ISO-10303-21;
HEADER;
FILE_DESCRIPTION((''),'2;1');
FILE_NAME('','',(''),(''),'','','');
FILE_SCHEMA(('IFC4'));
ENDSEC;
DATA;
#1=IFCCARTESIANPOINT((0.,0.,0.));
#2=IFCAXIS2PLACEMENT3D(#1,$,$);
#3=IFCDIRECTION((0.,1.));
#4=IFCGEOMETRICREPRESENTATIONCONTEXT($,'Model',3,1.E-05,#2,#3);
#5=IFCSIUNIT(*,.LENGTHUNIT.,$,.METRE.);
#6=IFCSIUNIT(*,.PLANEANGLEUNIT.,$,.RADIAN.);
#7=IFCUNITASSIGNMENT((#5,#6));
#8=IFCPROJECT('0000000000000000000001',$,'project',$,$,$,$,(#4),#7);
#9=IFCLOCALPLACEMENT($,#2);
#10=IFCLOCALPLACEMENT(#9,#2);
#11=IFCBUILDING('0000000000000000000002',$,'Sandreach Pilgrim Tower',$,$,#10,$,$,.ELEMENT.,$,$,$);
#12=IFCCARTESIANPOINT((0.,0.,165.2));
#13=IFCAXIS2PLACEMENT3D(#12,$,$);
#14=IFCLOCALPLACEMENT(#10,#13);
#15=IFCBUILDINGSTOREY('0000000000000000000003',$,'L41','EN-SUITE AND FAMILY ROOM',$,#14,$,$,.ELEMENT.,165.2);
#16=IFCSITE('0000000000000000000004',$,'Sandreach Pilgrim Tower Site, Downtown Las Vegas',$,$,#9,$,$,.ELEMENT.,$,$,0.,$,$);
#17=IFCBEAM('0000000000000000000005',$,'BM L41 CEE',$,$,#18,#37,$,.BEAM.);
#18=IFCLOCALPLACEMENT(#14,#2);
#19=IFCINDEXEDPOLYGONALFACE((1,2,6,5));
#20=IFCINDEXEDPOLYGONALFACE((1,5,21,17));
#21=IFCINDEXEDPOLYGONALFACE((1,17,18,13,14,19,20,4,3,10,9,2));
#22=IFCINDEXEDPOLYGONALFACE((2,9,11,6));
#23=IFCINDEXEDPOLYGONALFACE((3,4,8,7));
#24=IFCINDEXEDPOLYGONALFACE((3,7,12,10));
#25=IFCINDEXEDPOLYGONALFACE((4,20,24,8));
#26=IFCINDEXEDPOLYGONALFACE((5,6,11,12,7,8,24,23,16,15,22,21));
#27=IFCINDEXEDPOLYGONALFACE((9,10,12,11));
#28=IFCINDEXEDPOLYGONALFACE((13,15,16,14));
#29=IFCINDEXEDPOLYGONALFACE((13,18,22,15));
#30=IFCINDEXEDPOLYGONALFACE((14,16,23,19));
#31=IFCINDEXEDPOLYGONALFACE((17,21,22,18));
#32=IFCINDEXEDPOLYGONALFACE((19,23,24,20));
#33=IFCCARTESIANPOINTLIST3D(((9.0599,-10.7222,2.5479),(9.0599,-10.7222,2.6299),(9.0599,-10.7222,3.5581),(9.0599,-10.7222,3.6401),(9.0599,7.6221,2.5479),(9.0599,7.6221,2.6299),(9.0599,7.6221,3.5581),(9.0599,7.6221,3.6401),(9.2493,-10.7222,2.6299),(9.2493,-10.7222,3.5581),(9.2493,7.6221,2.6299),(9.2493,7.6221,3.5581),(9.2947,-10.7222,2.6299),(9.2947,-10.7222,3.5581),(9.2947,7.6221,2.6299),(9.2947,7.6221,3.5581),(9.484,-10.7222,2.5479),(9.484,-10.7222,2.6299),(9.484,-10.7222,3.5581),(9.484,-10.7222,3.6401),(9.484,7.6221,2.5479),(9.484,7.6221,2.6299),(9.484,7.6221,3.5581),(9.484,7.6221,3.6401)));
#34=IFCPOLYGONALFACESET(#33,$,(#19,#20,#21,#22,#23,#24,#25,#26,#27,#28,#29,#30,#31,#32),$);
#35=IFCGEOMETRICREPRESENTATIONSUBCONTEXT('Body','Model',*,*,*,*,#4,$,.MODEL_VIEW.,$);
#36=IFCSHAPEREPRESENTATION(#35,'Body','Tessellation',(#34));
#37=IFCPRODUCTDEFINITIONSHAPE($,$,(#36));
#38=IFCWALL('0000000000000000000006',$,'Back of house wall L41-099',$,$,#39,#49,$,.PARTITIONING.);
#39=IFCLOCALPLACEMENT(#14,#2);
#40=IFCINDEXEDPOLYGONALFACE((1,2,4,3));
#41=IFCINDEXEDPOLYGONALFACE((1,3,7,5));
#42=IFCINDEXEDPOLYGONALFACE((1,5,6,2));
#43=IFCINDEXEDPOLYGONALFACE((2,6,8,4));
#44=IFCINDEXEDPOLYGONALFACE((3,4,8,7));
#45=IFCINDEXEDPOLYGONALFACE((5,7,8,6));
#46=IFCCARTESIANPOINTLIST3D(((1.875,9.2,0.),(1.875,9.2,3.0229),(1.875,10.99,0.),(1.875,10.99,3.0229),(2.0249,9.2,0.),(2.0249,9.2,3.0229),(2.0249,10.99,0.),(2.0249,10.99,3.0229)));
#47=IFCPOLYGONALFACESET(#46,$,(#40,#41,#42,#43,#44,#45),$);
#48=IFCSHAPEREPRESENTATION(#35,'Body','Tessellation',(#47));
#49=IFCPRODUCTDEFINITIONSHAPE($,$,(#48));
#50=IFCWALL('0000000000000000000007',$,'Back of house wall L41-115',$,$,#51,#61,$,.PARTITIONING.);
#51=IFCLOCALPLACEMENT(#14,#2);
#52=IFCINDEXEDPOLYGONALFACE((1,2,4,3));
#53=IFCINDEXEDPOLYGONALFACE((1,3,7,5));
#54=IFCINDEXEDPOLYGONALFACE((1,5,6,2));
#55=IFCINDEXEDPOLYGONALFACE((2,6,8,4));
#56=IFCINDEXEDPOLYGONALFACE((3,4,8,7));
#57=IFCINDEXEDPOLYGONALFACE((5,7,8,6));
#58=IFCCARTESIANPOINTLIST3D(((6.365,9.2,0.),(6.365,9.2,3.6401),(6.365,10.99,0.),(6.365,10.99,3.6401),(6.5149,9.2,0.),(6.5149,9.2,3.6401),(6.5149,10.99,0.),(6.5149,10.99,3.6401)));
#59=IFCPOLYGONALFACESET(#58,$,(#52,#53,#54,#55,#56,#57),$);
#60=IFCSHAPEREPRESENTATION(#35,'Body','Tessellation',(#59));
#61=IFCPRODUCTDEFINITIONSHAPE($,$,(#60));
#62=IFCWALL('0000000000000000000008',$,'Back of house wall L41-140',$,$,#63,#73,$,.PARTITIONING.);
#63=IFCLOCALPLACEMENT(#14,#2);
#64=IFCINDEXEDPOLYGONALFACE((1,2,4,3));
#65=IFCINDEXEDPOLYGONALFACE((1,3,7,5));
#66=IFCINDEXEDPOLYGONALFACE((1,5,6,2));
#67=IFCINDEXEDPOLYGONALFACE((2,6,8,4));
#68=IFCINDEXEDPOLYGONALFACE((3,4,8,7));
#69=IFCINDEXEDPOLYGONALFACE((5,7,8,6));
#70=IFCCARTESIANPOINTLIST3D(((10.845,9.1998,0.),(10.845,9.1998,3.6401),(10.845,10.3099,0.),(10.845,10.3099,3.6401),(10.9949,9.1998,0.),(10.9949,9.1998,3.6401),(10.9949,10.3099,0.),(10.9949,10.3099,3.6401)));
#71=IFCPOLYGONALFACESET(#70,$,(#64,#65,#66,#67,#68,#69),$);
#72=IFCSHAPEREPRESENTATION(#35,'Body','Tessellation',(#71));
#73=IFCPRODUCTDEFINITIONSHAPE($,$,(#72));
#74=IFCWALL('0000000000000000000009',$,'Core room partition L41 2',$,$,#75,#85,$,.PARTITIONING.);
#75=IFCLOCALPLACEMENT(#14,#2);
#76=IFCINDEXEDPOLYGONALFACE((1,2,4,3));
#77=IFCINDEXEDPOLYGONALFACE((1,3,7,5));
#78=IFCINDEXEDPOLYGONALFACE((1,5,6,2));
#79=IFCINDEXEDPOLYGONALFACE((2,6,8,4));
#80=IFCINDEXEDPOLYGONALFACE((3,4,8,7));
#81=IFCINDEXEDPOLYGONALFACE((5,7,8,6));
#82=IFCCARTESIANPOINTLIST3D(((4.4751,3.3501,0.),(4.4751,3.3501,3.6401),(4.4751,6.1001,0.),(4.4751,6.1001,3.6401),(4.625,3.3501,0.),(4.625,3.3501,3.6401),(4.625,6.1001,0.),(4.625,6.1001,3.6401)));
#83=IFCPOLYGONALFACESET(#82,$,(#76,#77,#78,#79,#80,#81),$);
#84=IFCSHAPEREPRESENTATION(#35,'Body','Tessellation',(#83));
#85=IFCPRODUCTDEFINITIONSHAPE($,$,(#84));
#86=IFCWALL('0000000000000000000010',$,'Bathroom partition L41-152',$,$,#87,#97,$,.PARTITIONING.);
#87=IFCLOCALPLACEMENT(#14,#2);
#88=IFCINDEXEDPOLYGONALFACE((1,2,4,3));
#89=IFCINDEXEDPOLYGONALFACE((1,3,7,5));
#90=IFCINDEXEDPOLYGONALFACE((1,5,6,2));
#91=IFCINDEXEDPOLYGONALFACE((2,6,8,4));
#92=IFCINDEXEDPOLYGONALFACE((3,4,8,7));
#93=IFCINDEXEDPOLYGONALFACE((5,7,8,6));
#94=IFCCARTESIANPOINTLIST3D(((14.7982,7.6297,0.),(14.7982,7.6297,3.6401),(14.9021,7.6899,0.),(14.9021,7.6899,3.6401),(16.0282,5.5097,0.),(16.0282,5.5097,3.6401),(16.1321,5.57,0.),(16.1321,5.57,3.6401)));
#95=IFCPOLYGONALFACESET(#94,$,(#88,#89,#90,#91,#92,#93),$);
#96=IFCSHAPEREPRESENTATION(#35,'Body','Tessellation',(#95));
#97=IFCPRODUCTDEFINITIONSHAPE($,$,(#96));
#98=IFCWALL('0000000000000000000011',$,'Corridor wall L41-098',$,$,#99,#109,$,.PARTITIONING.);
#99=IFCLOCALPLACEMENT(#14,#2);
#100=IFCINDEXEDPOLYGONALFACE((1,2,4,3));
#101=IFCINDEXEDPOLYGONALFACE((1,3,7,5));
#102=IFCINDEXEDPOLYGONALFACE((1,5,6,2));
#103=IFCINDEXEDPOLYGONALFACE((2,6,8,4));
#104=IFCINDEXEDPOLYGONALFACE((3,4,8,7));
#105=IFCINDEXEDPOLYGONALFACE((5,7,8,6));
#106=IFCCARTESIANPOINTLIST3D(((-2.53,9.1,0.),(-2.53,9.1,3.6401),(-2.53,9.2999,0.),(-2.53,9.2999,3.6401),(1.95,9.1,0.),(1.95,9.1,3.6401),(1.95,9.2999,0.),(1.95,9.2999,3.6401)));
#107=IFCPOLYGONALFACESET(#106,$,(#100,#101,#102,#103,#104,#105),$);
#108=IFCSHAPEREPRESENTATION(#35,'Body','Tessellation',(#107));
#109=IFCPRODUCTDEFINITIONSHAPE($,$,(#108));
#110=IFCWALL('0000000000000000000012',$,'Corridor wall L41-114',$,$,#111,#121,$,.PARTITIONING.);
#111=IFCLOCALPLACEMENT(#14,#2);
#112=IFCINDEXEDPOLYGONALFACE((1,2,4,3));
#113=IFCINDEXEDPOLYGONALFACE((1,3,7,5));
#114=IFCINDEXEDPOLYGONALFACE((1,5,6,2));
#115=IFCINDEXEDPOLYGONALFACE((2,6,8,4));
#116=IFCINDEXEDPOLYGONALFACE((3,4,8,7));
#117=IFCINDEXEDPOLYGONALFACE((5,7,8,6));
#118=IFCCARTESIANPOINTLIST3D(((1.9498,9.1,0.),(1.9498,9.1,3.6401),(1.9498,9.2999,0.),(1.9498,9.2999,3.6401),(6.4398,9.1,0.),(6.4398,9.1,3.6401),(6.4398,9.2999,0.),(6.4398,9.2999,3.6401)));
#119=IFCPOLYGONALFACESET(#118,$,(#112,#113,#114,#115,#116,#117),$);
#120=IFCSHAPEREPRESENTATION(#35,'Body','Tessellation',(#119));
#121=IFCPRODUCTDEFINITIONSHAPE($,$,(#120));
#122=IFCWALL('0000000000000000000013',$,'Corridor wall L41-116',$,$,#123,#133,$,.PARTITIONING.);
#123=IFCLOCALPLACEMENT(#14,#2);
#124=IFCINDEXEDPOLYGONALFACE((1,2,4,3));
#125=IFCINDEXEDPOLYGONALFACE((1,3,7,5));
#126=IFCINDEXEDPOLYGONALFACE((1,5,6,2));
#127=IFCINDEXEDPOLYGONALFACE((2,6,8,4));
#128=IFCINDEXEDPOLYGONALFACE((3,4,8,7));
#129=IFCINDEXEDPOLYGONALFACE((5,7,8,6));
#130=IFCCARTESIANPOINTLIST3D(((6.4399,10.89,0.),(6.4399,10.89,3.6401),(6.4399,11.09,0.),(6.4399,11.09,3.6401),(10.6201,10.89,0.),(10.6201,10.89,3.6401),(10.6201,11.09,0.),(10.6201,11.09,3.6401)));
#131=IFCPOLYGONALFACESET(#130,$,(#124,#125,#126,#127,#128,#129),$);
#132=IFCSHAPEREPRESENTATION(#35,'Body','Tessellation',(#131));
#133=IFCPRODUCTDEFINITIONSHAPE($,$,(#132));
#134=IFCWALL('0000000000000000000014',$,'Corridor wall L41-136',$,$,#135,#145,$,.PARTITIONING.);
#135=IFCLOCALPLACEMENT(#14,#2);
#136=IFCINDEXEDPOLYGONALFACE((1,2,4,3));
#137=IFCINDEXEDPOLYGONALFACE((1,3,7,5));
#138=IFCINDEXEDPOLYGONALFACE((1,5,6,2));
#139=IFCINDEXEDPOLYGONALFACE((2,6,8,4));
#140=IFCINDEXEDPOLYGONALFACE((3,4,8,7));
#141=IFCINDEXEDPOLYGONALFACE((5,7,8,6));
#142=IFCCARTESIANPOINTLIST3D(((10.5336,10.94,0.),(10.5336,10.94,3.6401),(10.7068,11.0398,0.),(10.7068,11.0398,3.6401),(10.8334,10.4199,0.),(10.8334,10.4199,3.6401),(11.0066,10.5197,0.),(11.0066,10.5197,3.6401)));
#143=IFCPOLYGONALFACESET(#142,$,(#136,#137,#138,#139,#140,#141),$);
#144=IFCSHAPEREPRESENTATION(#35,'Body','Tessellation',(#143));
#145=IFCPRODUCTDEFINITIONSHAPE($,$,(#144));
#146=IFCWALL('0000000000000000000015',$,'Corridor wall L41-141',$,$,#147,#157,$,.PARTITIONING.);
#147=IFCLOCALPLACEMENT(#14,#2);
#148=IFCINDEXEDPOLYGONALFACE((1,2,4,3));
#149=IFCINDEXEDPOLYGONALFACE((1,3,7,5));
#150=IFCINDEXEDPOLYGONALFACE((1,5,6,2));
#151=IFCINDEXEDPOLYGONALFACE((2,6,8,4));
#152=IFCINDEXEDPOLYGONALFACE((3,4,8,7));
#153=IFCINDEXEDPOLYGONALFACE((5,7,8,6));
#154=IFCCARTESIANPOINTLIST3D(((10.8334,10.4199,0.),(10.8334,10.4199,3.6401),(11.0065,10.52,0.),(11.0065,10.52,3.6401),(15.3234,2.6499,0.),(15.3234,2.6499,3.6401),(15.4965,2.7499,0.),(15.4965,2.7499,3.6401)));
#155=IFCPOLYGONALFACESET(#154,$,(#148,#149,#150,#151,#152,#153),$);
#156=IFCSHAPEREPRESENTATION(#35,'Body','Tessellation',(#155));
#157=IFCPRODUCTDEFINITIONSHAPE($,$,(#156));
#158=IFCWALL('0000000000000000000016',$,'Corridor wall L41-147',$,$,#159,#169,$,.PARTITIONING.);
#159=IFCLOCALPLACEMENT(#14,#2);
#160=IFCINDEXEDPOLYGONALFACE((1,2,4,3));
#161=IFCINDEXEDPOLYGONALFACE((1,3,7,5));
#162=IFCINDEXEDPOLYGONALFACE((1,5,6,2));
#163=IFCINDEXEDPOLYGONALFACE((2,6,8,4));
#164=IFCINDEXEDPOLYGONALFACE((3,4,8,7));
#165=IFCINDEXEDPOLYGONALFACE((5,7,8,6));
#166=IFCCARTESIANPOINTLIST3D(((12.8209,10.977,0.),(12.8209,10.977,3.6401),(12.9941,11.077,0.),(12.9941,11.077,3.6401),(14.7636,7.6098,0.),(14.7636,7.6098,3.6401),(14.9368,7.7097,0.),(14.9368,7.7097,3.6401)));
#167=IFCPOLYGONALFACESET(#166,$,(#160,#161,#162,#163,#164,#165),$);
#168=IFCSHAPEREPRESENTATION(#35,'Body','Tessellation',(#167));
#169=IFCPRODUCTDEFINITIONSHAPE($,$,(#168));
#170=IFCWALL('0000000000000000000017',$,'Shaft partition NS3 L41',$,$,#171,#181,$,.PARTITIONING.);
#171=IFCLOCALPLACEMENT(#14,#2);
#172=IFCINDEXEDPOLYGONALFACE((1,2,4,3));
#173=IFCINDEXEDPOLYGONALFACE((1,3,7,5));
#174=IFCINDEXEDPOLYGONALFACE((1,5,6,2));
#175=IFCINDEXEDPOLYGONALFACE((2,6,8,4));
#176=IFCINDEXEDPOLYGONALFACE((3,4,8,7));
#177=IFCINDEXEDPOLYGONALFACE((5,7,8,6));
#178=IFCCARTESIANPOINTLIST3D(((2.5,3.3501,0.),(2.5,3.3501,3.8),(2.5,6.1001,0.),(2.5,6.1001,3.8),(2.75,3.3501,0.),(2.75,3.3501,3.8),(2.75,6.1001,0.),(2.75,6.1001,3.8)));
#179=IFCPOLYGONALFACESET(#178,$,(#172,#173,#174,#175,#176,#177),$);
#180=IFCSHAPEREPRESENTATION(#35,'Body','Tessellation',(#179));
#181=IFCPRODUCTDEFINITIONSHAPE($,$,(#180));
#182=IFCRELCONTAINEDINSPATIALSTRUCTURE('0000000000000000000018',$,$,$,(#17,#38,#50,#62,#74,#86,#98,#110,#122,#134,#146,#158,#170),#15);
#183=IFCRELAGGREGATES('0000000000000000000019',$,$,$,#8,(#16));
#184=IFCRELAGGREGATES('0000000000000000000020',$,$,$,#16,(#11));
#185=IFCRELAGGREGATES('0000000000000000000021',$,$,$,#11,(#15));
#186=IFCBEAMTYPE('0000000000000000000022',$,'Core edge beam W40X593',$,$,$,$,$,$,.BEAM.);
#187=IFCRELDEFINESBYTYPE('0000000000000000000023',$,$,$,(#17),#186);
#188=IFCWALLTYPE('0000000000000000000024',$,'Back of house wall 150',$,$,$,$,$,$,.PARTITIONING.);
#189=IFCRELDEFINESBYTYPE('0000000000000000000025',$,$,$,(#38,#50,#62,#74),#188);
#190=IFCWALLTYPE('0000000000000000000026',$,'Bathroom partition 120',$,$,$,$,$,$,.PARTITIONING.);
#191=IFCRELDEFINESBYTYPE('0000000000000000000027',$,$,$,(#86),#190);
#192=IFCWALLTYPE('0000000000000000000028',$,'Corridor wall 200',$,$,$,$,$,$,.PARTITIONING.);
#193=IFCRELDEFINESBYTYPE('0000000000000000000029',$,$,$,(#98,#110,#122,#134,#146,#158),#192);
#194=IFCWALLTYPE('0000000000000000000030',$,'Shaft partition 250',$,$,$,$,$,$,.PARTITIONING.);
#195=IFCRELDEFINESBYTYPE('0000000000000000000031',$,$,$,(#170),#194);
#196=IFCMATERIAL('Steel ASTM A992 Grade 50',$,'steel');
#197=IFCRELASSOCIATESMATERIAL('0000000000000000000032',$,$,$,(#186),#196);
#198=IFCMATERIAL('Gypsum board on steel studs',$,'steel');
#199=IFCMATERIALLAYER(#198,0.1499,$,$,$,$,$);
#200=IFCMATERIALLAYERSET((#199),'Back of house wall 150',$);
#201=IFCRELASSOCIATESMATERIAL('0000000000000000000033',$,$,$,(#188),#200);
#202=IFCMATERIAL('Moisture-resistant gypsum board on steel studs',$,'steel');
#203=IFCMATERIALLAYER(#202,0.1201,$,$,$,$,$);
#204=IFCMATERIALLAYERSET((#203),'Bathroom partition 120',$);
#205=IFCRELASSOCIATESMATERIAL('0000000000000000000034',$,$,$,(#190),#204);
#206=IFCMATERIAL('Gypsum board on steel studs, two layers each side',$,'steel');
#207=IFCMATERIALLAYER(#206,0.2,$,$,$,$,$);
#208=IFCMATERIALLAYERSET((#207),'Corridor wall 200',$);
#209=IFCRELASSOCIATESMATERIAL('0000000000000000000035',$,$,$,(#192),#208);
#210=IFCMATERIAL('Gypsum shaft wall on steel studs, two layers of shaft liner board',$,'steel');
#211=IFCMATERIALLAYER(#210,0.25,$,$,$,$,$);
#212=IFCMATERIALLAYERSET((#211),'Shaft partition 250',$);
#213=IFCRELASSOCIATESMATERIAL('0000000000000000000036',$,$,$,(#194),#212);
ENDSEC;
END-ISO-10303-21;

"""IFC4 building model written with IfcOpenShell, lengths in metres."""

from ifc_helpers import new_model, si_unit, direction, frame, frame_2d, origin, origin_2d, place, context, subcontext, project, spatial, rectangle, i_section, extrude, material, layer, layer_set, material_profile, profile_set, type_object, element, save


model = new_model("IFC4")

# Units and contexts
model_context = context("Model", 3, precision=1e-05, world=origin(), true_north=direction((0.0, 1.0)))
body_context = subcontext(model_context, "Body", "Model", "MODEL_VIEW")
ifc_project = project(units=[si_unit("LENGTHUNIT", "METRE"), si_unit("PLANEANGLEUNIT", "RADIAN")], contexts=[model_context])

# Site, building, storey
site_placement = place(None, origin())
site = spatial("IfcSite", under=ifc_project, at=site_placement, Name="Sandreach Pilgrim Tower Site, Downtown Las Vegas", CompositionType="ELEMENT", RefElevation=0.0)
building_placement = place(site_placement, origin())
building = spatial("IfcBuilding", under=site, at=building_placement, Name="Sandreach Pilgrim Tower", CompositionType="ELEMENT")
storey_placement = place(building_placement, frame((0.0, 0.0, 165.2)))
storey = spatial("IfcBuildingStorey", under=building, at=storey_placement, Name="L41", Description="EN-SUITE AND FAMILY ROOM", CompositionType="ELEMENT", Elevation=165.2)

# Beam
ifc_material_1 = material(Name="Steel ASTM A992 Grade 50", Category="steel")
ifc_material_profile = material_profile(ifc_material_1, i_section(OverallWidth=0.4241, OverallDepth=1.0923, WebThickness=0.0454, FlangeThickness=0.082, at=origin_2d()), Name="W40X593")
ifc_profile_set = profile_set([ifc_material_profile], Name="Steel ASTM A992 Grade 50")
beam_type = type_object("IfcBeamType", Name="Core edge beam W40X593", PredefinedType="BEAM", material=ifc_profile_set)
beam_placement = place(storey_placement, frame((9.272, 7.6221, 3.094), z_axis=(0.0, -1.0, 0.0), x_axis=(1.0, 0.0, 0.0)))
element("IfcBeam", 1, at=beam_placement, inside=storey, type_object=beam_type, Name="BM L41 CEE", PredefinedType="BEAM", context=body_context, shape_type="SweptSolid", body=[
    extrude(i_section(OverallWidth=0.4241, OverallDepth=1.0923, WebThickness=0.0454, FlangeThickness=0.082, at=origin_2d()), origin(), (0.0, 0.0, 1.0), 18.3442),
])

# Walls
ifc_material_2 = material(Name="Gypsum board on steel studs", Category="steel")
ifc_layer_1 = layer(ifc_material_2, 0.1499)
ifc_layer_set_1 = layer_set([ifc_layer_1], Name="Back of house wall 150")
wall_type_1 = type_object("IfcWallType", Name="Back of house wall 150", PredefinedType="PARTITIONING", material=ifc_layer_set_1)
wall_1_placement = place(storey_placement, frame((1.95, 10.99, 0.0), z_axis=(0.0, 0.0, 1.0), x_axis=(0.0, -1.0, 0.0)))
element("IfcWall", 2, at=wall_1_placement, inside=storey, type_object=wall_type_1, Name="Back of house wall L41-099", PredefinedType="PARTITIONING", context=body_context, shape_type="SweptSolid", body=[
    extrude(rectangle(XDim=1.79, YDim=0.1499, at=frame_2d((0.895, 0.0))), origin(), (0.0, 0.0, 1.0), 3.0229),
])
wall_2_placement = place(storey_placement, frame((6.4399, 10.99, 0.0), z_axis=(0.0, 0.0, 1.0), x_axis=(0.0, -1.0, 0.0)))
element("IfcWall", 3, at=wall_2_placement, inside=storey, type_object=wall_type_1, Name="Back of house wall L41-115", PredefinedType="PARTITIONING", context=body_context, shape_type="SweptSolid", body=[
    extrude(rectangle(XDim=1.79, YDim=0.1499, at=frame_2d((0.895, 0.0))), origin(), (0.0, 0.0, 1.0), 3.6401),
])
wall_3_placement = place(storey_placement, frame((10.9199, 10.3101, 0.0), z_axis=(0.0, 0.0, 1.0), x_axis=(0.0, -1.0, 0.0)))
element("IfcWall", 4, at=wall_3_placement, inside=storey, type_object=wall_type_1, Name="Back of house wall L41-140", PredefinedType="PARTITIONING", context=body_context, shape_type="SweptSolid", body=[
    extrude(rectangle(XDim=1.1101, YDim=0.1499, at=frame_2d((0.5552, 0.0))), origin(), (0.0, 0.0, 1.0), 3.6401),
])
wall_4_placement = place(storey_placement, frame((4.55, 3.3501, 0.0), z_axis=(0.0, 0.0, 1.0), x_axis=(0.0, 1.0, 0.0)))
element("IfcWall", 5, at=wall_4_placement, inside=storey, type_object=wall_type_1, Name="Core room partition L41 2", PredefinedType="PARTITIONING", context=body_context, shape_type="SweptSolid", body=[
    extrude(rectangle(XDim=2.75, YDim=0.1499, at=frame_2d((1.375, 0.0))), origin(), (0.0, 0.0, 1.0), 3.6401),
])
ifc_material_3 = material(Name="Moisture-resistant gypsum board on steel studs", Category="steel")
ifc_layer_2 = layer(ifc_material_3, 0.1201)
ifc_layer_set_2 = layer_set([ifc_layer_2], Name="Bathroom partition 120")
wall_type_2 = type_object("IfcWallType", Name="Bathroom partition 120", PredefinedType="PARTITIONING", material=ifc_layer_set_2)
wall_5_placement = place(storey_placement, frame((14.8501, 7.6599, 0.0), z_axis=(0.0, 0.0, 1.0), x_axis=(0.501857, -0.864951, 0.0)))
element("IfcWall", 6, at=wall_5_placement, inside=storey, type_object=wall_type_2, Name="Bathroom partition L41-152", PredefinedType="PARTITIONING", context=body_context, shape_type="SweptSolid", body=[
    extrude(rectangle(XDim=2.4509, YDim=0.1201, at=frame_2d((1.2256, 0.0))), origin(), (0.0, 0.0, 1.0), 3.6401),
])

# Wall
ifc_material_4 = material(Name="Gypsum board on steel studs, two layers each side", Category="steel")
ifc_layer_3 = layer(ifc_material_4, 0.2)
ifc_layer_set_3 = layer_set([ifc_layer_3], Name="Corridor wall 200")
wall_type_3 = type_object("IfcWallType", Name="Corridor wall 200", PredefinedType="PARTITIONING", material=ifc_layer_set_3)
wall_6_placement = place(storey_placement, frame((1.95, 9.2, 0.0), z_axis=(0.0, 0.0, 1.0), x_axis=(-1.0, 0.0, 0.0)))
element("IfcWall", 7, at=wall_6_placement, inside=storey, type_object=wall_type_3, Name="Corridor wall L41-098", PredefinedType="PARTITIONING", context=body_context, shape_type="SweptSolid", body=[
    extrude(rectangle(XDim=4.48, YDim=0.2, at=frame_2d((2.24, 0.0))), origin(), (0.0, 0.0, 1.0), 3.6401),
])

# Walls
wall_7_placement = place(storey_placement, frame((6.4399, 9.2, 0.0), z_axis=(0.0, 0.0, 1.0), x_axis=(-1.0, 0.0, 0.0)))
element("IfcWall", 8, at=wall_7_placement, inside=storey, type_object=wall_type_3, Name="Corridor wall L41-114", PredefinedType="PARTITIONING", context=body_context, shape_type="SweptSolid", body=[
    extrude(rectangle(XDim=4.49, YDim=0.2, at=frame_2d((2.2451, 0.0))), origin(), (0.0, 0.0, 1.0), 3.6401),
])
wall_8_placement = place(storey_placement, frame((6.4399, 10.99, 0.0), z_axis=(0.0, 0.0, 1.0), x_axis=(1.0, 0.0, 0.0)))
element("IfcWall", 9, at=wall_8_placement, inside=storey, type_object=wall_type_3, Name="Corridor wall L41-116", PredefinedType="PARTITIONING", context=body_context, shape_type="SweptSolid", body=[
    extrude(rectangle(XDim=4.1802, YDim=0.2, at=frame_2d((2.0901, 0.0))), origin(), (0.0, 0.0, 1.0), 3.6401),
])
wall_9_placement = place(storey_placement, frame((10.6201, 10.99, 0.0), z_axis=(0.0, 0.0, 1.0), x_axis=(0.499464, -0.866335, 0.0)))
element("IfcWall", 10, at=wall_9_placement, inside=storey, type_object=wall_type_3, Name="Corridor wall L41-136", PredefinedType="PARTITIONING", context=body_context, shape_type="SweptSolid", body=[
    extrude(rectangle(XDim=0.6003, YDim=0.2, at=frame_2d((0.3003, 0.0))), origin(), (0.0, 0.0, 1.0), 3.6401),
])

# Walls
wall_10_placement = place(storey_placement, frame((10.9199, 10.47, 0.0), z_axis=(0.0, 0.0, 1.0), x_axis=(0.500332, -0.865834, 0.0)))
element("IfcWall", 11, at=wall_10_placement, inside=storey, type_object=wall_type_3, Name="Corridor wall L41-141", PredefinedType="PARTITIONING", context=body_context, shape_type="SweptSolid", body=[
    extrude(rectangle(XDim=8.9741, YDim=0.2, at=frame_2d((4.4871, 0.0))), origin(), (0.0, 0.0, 1.0), 3.6401),
])
wall_11_placement = place(storey_placement, frame((12.9075, 11.0271, 0.0), z_axis=(0.0, 0.0, 1.0), x_axis=(0.499726, -0.866183, 0.0)))
element("IfcWall", 12, at=wall_11_placement, inside=storey, type_object=wall_type_3, Name="Corridor wall L41-147", PredefinedType="PARTITIONING", context=body_context, shape_type="SweptSolid", body=[
    extrude(rectangle(XDim=3.8875, YDim=0.2, at=frame_2d((1.9438, 0.0))), origin(), (0.0, 0.0, 1.0), 3.6401),
])
ifc_material_5 = material(Name="Gypsum shaft wall on steel studs, two layers of shaft liner board", Category="steel")
ifc_layer_4 = layer(ifc_material_5, 0.25)
ifc_layer_set_4 = layer_set([ifc_layer_4], Name="Shaft partition 250")
wall_type_4 = type_object("IfcWallType", Name="Shaft partition 250", PredefinedType="PARTITIONING", material=ifc_layer_set_4)
wall_12_placement = place(storey_placement, frame((2.625, 3.3501, 0.0), z_axis=(0.0, 0.0, 1.0), x_axis=(0.0, 1.0, 0.0)))
element("IfcWall", 13, at=wall_12_placement, inside=storey, type_object=wall_type_4, Name="Shaft partition NS3 L41", PredefinedType="PARTITIONING", context=body_context, shape_type="SweptSolid", body=[
    extrude(rectangle(XDim=2.75, YDim=0.25, at=frame_2d((1.375, 0.0))), origin(), (0.0, 0.0, 1.0), 3.8),
])

save(model, "model.ifc")
